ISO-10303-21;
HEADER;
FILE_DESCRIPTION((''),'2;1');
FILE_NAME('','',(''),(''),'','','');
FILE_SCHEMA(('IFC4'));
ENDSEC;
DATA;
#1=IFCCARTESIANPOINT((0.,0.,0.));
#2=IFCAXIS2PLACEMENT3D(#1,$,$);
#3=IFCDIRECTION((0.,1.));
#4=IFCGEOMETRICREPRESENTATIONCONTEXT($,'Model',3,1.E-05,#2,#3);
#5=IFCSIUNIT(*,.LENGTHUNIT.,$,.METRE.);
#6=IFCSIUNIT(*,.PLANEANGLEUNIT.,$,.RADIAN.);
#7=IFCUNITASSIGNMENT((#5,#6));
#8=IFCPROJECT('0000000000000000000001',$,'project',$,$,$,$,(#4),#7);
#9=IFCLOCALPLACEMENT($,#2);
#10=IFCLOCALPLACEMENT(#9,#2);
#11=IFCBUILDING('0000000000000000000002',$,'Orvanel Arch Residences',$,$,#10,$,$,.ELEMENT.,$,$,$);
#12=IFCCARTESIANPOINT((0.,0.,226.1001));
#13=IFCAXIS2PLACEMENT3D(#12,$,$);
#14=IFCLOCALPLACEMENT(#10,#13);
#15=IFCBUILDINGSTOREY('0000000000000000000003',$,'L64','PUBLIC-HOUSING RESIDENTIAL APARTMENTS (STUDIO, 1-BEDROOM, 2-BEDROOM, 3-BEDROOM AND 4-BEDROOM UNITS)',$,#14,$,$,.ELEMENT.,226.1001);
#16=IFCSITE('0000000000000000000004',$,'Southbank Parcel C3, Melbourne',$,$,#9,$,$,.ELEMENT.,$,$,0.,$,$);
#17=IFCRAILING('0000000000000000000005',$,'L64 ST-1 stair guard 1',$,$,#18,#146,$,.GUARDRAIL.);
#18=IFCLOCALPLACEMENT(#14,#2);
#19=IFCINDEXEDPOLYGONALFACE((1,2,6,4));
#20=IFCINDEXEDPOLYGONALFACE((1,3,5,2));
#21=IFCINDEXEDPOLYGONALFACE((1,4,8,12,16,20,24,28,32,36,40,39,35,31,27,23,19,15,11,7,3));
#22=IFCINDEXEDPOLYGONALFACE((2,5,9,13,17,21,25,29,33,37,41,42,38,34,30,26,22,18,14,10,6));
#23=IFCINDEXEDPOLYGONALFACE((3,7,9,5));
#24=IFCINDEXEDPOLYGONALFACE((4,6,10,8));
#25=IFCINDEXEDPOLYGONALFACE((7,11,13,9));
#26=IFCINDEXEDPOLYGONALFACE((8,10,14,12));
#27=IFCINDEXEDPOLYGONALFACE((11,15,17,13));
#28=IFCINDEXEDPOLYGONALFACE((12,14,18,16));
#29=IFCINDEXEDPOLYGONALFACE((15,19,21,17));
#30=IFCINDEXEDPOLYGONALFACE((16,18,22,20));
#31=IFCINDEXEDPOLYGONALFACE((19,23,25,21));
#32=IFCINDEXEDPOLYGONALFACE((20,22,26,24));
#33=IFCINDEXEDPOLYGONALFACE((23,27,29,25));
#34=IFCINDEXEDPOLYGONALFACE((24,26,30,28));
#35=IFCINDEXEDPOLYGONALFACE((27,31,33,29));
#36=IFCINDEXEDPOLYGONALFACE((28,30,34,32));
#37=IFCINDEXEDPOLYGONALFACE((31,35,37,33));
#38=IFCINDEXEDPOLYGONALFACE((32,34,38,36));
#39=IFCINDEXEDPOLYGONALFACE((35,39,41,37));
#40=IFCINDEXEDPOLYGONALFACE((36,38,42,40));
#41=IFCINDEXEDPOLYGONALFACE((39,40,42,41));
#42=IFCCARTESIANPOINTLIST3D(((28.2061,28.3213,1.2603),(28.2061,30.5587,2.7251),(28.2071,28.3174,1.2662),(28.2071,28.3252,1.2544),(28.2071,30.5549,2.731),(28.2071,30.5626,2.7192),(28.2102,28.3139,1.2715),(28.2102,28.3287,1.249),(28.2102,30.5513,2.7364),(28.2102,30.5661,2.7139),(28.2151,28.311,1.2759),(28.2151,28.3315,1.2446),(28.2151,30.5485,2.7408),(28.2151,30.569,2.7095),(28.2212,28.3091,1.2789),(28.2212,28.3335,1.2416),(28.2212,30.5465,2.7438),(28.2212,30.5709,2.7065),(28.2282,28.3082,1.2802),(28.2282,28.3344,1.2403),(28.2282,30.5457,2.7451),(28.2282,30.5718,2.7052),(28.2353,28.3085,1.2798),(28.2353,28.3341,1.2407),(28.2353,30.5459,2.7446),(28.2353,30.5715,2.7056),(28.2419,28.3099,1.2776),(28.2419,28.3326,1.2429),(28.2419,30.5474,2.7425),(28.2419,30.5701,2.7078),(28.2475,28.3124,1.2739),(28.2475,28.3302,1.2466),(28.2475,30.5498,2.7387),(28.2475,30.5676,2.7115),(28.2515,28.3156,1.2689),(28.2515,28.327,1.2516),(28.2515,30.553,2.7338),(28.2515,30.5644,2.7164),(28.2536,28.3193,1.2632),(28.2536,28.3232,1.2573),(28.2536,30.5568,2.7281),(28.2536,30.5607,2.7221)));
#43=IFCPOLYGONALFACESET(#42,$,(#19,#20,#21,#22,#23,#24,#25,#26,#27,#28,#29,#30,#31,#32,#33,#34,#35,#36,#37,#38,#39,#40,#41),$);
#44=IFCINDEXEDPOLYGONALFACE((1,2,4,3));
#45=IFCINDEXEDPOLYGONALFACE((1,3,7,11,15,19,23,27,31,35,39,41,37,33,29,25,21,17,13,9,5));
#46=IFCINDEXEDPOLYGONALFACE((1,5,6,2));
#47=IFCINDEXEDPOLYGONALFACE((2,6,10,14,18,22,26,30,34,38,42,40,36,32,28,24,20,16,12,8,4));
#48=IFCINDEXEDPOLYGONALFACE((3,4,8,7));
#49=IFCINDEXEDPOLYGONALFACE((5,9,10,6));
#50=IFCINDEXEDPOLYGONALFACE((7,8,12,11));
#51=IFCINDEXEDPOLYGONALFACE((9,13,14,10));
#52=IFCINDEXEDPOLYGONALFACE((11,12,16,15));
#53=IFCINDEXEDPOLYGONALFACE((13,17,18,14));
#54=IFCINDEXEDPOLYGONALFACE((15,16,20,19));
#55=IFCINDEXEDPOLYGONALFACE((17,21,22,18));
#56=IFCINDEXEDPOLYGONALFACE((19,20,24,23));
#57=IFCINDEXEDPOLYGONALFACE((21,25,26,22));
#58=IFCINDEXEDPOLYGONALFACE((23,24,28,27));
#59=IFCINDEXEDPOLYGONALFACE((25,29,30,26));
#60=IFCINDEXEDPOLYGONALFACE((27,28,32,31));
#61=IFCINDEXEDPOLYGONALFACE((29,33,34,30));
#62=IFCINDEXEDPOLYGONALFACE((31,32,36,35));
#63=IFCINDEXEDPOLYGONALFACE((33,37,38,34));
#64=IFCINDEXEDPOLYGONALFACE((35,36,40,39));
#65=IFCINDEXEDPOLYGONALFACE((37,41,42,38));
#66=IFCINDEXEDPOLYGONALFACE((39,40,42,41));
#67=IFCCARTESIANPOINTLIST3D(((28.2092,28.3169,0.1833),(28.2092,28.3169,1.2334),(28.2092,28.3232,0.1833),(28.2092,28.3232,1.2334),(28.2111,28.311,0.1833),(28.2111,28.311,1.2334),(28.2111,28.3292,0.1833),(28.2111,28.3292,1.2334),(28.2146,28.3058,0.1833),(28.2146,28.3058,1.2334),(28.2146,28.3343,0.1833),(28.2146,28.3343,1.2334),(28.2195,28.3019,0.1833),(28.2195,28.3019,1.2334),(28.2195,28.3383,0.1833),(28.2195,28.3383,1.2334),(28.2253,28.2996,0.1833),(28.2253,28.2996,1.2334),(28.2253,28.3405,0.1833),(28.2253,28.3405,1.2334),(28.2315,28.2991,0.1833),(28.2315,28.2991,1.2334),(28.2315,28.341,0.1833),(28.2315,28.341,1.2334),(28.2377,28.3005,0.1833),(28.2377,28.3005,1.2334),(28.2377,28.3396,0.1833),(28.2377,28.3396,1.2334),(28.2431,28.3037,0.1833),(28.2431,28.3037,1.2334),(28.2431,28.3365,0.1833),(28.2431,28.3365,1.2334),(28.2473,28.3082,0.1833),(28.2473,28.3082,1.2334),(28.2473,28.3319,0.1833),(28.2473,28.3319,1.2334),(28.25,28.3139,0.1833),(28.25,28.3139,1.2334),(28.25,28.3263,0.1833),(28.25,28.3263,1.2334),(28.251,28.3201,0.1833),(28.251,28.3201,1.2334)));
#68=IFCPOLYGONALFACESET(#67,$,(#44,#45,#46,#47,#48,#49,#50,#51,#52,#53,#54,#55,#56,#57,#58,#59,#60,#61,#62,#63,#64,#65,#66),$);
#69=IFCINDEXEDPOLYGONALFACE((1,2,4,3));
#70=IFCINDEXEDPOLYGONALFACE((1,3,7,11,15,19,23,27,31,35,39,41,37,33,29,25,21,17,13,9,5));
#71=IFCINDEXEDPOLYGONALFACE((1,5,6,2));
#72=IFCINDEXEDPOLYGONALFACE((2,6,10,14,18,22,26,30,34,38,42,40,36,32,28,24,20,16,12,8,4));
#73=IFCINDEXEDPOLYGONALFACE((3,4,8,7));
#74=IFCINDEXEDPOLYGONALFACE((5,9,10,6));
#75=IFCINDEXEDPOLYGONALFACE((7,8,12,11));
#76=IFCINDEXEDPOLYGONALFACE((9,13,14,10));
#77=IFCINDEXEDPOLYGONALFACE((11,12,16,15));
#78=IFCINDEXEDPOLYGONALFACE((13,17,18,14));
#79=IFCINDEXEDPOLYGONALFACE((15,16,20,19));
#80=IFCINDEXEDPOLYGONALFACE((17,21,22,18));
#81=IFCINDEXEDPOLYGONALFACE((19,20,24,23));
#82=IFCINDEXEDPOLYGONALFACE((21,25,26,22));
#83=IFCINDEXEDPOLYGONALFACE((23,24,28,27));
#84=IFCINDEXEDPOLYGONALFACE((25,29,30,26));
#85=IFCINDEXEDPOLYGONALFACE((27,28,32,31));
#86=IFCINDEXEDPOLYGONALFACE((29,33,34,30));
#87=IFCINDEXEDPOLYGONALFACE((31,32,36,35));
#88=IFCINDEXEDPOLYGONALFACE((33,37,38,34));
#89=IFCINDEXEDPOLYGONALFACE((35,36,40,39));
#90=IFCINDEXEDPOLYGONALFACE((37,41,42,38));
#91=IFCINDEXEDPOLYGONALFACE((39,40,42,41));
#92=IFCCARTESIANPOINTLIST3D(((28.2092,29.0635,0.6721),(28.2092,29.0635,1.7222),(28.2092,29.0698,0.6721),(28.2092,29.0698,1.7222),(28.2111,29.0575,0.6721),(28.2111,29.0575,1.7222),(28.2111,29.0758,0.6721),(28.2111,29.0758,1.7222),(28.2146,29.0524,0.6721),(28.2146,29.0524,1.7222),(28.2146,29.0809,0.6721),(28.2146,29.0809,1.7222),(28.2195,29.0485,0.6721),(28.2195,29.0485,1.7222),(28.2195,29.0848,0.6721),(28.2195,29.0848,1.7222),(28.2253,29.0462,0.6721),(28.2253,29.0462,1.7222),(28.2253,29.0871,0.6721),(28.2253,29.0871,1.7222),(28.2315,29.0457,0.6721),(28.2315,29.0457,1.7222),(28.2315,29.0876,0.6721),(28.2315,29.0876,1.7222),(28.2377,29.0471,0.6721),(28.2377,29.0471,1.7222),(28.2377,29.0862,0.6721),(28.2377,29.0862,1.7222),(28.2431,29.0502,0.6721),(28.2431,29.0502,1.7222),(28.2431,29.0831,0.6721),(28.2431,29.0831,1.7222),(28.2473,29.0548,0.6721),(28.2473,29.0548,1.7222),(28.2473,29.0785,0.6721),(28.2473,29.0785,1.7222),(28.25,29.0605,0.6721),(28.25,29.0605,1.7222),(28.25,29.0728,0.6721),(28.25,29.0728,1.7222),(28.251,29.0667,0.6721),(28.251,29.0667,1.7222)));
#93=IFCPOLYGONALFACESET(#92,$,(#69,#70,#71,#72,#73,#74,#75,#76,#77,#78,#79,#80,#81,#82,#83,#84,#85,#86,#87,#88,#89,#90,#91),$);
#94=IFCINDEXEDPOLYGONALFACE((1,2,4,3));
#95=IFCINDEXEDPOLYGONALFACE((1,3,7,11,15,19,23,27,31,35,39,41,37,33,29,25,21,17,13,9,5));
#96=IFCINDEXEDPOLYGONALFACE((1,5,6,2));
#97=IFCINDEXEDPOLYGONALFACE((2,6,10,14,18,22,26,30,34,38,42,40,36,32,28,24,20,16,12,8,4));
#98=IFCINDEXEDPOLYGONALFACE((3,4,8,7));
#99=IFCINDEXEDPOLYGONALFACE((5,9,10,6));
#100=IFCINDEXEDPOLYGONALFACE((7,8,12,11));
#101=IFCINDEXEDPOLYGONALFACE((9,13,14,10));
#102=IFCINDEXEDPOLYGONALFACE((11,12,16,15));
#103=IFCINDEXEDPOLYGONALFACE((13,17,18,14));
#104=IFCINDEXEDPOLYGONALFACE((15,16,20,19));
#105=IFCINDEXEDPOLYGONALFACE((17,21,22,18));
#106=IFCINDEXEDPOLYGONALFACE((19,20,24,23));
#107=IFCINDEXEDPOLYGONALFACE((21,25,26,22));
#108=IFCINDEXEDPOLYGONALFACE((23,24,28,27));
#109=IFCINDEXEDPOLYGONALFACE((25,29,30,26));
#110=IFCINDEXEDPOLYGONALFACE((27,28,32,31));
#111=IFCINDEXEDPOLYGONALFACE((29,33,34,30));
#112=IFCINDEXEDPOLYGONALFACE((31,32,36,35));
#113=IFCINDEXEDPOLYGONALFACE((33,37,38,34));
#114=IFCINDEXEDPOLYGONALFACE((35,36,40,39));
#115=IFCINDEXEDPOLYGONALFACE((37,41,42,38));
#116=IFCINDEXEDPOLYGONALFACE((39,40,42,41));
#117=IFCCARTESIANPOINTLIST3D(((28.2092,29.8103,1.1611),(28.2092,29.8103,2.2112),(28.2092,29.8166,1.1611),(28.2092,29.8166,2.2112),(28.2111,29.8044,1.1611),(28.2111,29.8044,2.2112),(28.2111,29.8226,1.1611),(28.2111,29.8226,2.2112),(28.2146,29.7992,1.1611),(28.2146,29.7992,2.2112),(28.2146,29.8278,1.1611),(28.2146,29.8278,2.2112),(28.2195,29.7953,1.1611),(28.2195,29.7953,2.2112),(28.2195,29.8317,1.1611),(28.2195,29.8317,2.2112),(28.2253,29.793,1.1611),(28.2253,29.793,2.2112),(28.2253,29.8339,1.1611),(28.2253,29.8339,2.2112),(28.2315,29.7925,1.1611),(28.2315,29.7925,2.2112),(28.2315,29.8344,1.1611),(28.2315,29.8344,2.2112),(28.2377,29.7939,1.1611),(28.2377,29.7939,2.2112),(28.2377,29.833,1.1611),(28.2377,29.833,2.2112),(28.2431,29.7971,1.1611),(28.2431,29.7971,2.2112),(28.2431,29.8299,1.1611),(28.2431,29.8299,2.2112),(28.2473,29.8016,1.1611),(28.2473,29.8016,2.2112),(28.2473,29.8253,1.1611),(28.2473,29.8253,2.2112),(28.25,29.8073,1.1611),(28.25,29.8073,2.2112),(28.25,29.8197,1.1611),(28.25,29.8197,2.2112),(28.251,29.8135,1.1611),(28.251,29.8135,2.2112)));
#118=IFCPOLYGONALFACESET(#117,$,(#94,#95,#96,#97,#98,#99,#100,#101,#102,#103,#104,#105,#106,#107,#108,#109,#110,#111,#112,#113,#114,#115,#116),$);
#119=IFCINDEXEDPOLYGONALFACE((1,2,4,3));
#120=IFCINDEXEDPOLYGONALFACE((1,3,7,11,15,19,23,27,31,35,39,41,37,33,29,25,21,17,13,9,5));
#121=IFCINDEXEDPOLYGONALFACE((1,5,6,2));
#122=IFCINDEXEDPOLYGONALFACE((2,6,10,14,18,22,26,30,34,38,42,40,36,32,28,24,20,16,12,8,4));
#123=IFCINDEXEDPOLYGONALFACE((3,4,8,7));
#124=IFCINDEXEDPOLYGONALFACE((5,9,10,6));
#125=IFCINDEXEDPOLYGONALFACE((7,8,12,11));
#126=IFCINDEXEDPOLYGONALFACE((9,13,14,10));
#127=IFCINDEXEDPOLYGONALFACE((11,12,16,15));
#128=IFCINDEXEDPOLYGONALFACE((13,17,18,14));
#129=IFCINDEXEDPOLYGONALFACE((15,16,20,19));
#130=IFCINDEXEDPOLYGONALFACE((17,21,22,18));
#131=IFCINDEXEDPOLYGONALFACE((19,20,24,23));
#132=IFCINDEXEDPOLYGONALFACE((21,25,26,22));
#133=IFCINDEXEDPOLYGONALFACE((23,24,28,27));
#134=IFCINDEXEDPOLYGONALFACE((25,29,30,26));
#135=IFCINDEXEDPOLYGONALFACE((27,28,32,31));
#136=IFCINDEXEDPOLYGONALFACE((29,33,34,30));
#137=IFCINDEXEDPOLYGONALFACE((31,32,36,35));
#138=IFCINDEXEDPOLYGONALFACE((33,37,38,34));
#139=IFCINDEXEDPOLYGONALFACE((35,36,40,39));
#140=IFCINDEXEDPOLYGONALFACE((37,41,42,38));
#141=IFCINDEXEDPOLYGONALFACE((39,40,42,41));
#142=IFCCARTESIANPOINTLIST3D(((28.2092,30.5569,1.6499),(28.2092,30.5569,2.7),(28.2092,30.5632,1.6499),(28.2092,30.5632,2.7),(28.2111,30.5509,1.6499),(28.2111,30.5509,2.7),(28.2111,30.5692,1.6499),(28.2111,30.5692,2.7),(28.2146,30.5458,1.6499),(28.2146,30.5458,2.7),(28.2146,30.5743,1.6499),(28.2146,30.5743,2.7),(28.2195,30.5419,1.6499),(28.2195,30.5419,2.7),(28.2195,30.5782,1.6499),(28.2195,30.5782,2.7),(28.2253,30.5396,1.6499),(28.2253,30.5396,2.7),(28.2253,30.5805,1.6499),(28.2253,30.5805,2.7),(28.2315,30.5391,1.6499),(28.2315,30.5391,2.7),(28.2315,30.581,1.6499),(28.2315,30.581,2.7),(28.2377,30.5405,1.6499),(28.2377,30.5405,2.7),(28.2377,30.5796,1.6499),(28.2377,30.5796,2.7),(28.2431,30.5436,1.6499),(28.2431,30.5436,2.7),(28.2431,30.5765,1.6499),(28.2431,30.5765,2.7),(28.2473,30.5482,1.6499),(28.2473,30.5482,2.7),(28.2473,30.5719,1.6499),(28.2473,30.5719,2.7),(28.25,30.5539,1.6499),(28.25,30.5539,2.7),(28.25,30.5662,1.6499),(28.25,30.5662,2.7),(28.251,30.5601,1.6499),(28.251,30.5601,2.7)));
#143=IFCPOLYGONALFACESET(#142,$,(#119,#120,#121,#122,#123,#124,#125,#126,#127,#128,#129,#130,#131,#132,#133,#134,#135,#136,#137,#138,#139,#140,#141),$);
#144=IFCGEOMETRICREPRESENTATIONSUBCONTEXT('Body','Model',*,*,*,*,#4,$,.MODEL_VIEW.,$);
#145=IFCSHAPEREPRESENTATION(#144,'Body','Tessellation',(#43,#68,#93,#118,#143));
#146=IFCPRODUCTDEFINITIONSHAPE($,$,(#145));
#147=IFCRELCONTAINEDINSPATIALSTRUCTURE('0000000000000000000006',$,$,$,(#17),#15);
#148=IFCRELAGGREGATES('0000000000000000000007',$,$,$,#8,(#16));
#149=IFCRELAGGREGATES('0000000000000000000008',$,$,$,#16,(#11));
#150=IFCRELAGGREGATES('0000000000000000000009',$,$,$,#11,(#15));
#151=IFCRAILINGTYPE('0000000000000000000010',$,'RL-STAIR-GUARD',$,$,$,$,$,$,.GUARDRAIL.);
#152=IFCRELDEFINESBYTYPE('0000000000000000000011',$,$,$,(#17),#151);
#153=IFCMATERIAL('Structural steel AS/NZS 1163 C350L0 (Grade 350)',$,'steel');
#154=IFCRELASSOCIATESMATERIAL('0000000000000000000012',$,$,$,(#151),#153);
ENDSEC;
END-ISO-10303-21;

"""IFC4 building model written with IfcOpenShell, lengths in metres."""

from ifc_helpers import new_model, si_unit, direction, frame, origin, origin_2d, place, context, subcontext, project, spatial, circle, extrude, material, type_object, element, save


model = new_model("IFC4")

# Units and contexts
model_context = context("Model", 3, precision=1e-05, world=origin(), true_north=direction((0.0, 1.0)))
body_context = subcontext(model_context, "Body", "Model", "MODEL_VIEW")
ifc_project = project(units=[si_unit("LENGTHUNIT", "METRE"), si_unit("PLANEANGLEUNIT", "RADIAN")], contexts=[model_context])

# Site, building, storey
site_placement = place(None, origin())
site = spatial("IfcSite", under=ifc_project, at=site_placement, Name="Southbank Parcel C3, Melbourne", CompositionType="ELEMENT", RefElevation=0.0)
building_placement = place(site_placement, origin())
building = spatial("IfcBuilding", under=site, at=building_placement, Name="Orvanel Arch Residences", CompositionType="ELEMENT")
storey_placement = place(building_placement, frame((0.0, 0.0, 226.1001)))
storey = spatial("IfcBuildingStorey", under=building, at=storey_placement, Name="L64", Description="PUBLIC-HOUSING RESIDENTIAL APARTMENTS (STUDIO, 1-BEDROOM, 2-BEDROOM, 3-BEDROOM AND 4-BEDROOM UNITS)", CompositionType="ELEMENT", Elevation=226.1001)

# Shared definitions
ifc_material_1 = material(Name="Structural steel AS/NZS 1163 C350L0 (Grade 350)", Category="steel")

# Railing
railing_type_1 = type_object("IfcRailingType", Name="RL-STAIR-GUARD", PredefinedType="GUARDRAIL", material=ifc_material_1)
railing_1_placement = place(storey_placement, frame((28.23, 28.3201, 0.1833)))
element("IfcRailing", 1, at=railing_1_placement, inside=storey, type_object=railing_type_1, Name="L64 ST-1 stair guard 1", PredefinedType="GUARDRAIL", context=body_context, shape_type="SweptSolid", body=[
    extrude(circle(Radius=0.0239, at=origin_2d()), frame((0.0, 0.0012, 1.0769), z_axis=(0.0, 0.836637, 0.547758), x_axis=(-1.0, 0.0, 0.0)), (0.0, 0.0, 1.0), 2.6743),
    extrude(circle(Radius=0.021, at=origin_2d()), origin(), (0.0, 0.0, 1.0), 1.05),
    extrude(circle(Radius=0.021, at=origin_2d()), frame((0.0, 0.7466, 0.4888)), (0.0, 0.0, 1.0), 1.05),
    extrude(circle(Radius=0.021, at=origin_2d()), frame((0.0, 1.4934, 0.9778)), (0.0, 0.0, 1.0), 1.05),
    extrude(circle(Radius=0.021, at=origin_2d()), frame((0.0, 2.24, 1.4666)), (0.0, 0.0, 1.0), 1.05),
])

save(model, "model.ifc")
